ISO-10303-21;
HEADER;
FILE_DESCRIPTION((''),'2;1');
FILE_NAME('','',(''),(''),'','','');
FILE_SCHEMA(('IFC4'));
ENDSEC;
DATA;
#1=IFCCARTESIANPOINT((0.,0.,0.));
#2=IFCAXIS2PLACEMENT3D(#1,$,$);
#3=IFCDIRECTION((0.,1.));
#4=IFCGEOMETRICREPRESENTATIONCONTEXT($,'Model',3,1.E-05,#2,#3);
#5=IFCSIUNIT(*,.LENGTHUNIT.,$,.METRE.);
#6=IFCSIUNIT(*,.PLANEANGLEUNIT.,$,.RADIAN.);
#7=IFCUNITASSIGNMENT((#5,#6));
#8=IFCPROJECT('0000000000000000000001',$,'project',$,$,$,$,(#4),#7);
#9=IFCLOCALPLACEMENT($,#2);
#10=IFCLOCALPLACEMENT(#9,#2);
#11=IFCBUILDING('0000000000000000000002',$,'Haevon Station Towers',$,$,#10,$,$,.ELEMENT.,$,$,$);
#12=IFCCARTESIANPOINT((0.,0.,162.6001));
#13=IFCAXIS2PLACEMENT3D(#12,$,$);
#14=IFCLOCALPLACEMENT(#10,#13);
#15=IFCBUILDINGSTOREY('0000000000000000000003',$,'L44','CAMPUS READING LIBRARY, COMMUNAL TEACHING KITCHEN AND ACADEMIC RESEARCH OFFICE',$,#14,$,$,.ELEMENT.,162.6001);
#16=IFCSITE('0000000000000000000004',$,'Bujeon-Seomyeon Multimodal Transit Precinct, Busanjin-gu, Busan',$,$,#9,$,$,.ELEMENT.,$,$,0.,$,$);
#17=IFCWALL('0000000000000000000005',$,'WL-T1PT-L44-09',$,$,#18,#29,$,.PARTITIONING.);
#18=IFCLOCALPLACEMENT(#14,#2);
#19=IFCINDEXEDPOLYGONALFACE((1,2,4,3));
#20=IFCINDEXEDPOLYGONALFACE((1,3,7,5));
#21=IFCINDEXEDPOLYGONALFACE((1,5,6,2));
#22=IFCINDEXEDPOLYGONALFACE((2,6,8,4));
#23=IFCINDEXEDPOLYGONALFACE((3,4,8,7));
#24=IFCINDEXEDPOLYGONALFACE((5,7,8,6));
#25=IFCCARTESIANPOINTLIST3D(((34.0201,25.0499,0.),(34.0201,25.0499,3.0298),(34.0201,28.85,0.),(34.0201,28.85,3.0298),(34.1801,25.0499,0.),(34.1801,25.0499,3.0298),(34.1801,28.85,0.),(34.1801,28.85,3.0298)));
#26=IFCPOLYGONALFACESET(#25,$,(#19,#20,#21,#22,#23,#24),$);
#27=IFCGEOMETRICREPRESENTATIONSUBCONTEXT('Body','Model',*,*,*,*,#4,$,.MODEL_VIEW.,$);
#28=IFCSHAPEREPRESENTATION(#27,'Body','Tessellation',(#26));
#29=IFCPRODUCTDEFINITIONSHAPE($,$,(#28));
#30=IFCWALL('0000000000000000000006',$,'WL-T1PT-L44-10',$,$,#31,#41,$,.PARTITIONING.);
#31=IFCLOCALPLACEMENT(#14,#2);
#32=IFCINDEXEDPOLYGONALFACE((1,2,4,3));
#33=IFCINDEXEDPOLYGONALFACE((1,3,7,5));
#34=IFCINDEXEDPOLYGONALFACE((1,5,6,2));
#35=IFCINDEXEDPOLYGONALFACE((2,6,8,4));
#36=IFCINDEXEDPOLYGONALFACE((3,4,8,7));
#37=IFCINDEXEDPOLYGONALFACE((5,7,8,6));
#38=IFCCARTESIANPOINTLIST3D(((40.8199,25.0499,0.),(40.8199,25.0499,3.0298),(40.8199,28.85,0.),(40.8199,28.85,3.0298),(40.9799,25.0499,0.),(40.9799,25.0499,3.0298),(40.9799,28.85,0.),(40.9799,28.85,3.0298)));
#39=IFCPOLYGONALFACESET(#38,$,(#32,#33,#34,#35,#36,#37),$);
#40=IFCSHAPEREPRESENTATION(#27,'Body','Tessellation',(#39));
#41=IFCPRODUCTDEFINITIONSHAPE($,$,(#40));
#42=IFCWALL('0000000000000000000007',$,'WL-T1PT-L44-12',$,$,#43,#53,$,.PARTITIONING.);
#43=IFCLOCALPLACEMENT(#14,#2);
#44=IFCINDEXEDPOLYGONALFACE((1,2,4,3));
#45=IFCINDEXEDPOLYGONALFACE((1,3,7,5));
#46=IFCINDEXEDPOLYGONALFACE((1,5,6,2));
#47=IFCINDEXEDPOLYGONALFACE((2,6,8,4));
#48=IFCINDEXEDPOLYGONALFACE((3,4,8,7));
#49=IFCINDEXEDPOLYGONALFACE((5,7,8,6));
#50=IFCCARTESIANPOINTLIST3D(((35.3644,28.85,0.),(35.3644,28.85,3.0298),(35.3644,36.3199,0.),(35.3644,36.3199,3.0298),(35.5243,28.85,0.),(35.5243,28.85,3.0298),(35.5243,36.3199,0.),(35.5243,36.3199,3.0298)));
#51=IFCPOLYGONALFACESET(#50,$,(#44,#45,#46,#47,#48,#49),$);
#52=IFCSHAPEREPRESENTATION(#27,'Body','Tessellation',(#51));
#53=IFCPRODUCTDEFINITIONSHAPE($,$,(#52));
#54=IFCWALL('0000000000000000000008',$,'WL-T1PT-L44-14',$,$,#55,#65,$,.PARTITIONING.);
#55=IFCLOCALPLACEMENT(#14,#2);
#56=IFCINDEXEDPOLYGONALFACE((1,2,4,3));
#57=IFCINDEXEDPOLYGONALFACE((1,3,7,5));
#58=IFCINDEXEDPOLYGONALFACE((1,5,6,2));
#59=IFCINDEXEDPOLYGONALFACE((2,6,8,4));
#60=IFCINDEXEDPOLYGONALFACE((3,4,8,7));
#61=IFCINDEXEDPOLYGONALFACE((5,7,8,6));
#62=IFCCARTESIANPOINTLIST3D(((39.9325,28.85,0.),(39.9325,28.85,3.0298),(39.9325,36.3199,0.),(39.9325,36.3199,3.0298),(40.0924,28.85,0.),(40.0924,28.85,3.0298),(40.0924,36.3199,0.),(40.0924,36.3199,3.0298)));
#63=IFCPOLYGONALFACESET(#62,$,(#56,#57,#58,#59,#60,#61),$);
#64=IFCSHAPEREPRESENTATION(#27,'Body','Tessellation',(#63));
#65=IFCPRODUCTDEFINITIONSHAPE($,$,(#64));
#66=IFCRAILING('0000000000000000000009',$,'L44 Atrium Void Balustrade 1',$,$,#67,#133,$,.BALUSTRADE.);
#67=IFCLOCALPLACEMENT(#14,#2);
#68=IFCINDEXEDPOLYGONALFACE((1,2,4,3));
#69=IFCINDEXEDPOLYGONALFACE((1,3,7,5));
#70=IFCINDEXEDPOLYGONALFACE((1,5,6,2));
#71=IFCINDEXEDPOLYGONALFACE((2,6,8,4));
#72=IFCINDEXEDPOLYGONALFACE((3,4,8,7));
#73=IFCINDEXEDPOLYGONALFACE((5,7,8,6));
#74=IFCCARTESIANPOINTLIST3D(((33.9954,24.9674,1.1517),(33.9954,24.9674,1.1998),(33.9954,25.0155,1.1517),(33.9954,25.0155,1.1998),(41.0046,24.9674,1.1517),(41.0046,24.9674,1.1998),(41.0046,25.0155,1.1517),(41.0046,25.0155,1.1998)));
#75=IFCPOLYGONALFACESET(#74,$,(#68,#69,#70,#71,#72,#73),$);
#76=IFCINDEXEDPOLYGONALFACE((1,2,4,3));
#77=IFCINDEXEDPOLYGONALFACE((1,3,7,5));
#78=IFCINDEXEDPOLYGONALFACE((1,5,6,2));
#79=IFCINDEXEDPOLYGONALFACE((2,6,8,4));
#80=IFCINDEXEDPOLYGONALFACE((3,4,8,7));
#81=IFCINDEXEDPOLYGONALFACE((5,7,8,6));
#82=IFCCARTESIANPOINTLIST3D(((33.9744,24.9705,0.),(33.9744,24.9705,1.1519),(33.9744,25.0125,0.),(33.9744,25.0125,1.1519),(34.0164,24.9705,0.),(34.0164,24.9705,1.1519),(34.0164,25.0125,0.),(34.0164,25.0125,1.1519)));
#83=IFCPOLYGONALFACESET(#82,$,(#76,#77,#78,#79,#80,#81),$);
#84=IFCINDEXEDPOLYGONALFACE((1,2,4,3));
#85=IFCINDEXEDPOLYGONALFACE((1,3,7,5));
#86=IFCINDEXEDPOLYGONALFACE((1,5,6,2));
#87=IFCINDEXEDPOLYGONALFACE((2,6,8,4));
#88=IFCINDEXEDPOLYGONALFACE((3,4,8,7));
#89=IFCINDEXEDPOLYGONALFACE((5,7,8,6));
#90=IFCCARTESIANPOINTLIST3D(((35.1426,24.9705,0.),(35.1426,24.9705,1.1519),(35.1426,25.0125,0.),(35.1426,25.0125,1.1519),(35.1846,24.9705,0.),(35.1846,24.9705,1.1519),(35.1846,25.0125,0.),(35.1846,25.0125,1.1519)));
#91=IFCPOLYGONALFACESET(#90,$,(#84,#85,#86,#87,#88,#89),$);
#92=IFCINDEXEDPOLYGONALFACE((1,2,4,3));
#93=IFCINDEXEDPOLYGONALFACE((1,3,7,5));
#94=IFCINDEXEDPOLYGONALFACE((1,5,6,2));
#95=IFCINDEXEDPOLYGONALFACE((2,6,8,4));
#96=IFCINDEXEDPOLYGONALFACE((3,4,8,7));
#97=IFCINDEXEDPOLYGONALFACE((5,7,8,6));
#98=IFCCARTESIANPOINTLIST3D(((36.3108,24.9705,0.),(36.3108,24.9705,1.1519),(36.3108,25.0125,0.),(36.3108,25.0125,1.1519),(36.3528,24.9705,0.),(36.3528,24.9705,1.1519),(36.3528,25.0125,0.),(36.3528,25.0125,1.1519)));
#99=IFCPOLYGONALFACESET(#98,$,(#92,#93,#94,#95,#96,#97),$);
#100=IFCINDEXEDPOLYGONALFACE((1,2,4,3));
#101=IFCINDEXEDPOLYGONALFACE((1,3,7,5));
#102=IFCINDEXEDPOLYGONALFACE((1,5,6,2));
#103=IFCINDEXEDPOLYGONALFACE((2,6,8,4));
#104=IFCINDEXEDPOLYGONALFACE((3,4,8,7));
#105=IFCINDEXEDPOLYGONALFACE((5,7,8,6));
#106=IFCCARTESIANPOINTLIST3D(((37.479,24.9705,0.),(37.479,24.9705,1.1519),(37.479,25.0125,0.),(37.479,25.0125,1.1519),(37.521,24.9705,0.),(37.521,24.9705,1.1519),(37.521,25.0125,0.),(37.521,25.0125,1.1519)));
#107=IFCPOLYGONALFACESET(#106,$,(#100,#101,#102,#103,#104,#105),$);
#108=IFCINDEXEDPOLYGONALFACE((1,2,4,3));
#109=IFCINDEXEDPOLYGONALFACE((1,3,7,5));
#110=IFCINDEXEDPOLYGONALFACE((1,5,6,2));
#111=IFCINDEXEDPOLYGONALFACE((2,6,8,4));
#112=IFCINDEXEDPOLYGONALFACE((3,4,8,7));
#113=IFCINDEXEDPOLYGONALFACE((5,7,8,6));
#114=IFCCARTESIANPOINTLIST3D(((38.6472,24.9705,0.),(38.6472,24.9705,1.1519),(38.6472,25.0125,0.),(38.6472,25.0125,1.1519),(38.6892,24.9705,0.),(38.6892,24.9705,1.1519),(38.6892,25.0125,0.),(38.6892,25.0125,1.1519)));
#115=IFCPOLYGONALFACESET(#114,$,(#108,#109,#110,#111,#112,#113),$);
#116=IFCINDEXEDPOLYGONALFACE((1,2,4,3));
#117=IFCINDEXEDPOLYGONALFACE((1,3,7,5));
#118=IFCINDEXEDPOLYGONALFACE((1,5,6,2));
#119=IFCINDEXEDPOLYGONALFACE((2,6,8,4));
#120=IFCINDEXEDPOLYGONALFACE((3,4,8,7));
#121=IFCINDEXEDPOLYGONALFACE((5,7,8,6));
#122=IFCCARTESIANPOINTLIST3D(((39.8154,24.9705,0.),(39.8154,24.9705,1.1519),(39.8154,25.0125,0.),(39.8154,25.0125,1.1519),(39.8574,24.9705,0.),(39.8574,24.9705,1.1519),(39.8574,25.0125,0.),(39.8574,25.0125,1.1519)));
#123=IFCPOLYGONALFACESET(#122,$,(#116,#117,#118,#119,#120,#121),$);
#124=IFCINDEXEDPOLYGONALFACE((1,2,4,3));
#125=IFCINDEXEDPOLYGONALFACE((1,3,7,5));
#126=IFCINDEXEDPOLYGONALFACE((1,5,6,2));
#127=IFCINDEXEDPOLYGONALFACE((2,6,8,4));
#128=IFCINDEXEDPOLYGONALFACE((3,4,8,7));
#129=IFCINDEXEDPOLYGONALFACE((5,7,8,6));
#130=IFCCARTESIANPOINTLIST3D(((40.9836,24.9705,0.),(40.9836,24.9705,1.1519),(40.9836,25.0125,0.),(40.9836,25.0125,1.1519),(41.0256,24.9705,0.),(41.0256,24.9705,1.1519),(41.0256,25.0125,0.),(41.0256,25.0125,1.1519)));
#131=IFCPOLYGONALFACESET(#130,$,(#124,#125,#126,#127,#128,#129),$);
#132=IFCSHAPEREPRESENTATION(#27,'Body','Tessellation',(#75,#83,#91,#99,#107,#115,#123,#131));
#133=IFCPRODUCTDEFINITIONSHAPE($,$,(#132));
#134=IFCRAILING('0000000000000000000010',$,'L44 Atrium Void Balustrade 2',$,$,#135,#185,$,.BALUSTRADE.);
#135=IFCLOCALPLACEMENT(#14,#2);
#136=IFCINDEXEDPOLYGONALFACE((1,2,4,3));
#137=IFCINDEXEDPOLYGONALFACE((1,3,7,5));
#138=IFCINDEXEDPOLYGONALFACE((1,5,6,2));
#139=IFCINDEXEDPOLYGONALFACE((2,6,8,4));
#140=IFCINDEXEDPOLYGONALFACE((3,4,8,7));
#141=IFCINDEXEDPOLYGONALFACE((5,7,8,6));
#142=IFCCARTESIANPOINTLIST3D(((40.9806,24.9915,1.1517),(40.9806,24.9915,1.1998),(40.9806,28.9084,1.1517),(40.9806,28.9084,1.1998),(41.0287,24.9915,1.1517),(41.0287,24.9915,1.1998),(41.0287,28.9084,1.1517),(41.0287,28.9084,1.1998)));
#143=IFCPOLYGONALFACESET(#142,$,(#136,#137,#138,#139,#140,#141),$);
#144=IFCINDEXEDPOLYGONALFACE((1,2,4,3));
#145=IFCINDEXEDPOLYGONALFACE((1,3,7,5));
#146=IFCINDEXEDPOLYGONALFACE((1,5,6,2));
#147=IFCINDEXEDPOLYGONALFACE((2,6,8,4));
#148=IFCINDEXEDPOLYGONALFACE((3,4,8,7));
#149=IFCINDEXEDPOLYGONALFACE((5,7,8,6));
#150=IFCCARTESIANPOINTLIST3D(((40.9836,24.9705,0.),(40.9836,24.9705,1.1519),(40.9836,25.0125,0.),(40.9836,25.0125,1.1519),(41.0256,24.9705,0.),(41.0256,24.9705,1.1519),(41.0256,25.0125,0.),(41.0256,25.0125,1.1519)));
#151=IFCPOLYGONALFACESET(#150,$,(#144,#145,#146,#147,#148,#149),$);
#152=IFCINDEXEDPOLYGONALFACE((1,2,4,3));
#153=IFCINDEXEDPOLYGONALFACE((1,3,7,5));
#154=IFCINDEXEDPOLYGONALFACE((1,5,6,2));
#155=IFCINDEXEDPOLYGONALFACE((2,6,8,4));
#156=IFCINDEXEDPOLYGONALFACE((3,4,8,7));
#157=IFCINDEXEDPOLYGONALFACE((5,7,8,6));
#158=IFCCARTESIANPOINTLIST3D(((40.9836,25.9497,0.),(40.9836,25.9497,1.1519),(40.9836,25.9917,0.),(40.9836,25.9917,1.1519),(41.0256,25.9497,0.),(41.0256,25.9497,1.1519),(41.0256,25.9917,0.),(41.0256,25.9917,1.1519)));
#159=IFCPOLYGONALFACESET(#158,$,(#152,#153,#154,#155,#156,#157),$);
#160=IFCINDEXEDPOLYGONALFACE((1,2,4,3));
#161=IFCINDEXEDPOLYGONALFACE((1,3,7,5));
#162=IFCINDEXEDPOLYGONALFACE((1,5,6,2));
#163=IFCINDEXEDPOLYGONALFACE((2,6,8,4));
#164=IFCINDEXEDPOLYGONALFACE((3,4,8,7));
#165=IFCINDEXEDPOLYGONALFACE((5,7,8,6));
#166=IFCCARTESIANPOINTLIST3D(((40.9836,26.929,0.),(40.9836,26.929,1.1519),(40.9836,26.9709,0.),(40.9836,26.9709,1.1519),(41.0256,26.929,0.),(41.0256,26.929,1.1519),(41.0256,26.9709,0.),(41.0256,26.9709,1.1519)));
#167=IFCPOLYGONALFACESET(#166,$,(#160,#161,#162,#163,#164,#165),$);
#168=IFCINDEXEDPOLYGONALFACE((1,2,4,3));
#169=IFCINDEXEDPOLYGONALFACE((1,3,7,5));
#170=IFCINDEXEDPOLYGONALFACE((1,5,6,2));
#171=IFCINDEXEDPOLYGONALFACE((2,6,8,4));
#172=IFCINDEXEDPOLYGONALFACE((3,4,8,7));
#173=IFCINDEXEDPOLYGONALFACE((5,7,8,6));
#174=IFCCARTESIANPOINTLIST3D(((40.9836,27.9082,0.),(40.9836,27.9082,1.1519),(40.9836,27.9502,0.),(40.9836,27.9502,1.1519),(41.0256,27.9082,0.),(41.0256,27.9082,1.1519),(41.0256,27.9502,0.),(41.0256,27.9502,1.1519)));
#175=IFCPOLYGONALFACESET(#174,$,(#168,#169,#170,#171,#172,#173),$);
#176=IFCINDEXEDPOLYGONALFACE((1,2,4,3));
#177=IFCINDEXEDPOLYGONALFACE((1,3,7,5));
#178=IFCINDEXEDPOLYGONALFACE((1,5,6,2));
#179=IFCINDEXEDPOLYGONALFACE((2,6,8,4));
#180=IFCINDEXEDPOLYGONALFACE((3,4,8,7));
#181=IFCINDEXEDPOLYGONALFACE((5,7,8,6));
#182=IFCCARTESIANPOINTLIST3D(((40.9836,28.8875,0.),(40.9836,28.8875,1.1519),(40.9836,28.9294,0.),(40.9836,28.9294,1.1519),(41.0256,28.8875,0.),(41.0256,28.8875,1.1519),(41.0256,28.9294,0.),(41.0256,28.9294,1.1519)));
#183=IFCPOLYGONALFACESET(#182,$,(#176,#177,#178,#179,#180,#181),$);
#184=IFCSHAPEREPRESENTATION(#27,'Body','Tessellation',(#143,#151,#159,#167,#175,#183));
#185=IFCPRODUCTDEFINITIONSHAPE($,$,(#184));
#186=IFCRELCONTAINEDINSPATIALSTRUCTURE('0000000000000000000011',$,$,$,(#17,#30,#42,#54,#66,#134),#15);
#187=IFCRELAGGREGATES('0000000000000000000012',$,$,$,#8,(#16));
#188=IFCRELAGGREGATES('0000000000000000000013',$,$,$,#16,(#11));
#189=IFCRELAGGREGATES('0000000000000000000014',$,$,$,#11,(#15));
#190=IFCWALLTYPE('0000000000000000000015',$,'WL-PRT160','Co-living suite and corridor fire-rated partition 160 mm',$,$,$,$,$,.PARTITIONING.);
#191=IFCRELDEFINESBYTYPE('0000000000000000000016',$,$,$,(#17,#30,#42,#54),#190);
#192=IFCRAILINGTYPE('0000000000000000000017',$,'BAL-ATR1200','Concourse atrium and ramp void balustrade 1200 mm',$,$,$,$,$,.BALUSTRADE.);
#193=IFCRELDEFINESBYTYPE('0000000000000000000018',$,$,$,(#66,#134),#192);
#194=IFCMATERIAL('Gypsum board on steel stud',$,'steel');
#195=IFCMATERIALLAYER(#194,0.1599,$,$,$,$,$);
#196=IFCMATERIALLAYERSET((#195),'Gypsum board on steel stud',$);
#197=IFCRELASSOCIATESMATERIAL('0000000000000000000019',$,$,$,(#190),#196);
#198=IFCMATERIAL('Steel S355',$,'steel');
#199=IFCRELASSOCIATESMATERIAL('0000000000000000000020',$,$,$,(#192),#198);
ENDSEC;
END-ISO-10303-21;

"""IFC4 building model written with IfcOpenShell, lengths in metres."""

from ifc_helpers import new_model, si_unit, direction, frame, frame_2d, origin, origin_2d, place, context, subcontext, project, spatial, rectangle, extrude, material, layer, layer_set, type_object, element, save


model = new_model("IFC4")

# Units and contexts
model_context = context("Model", 3, precision=1e-05, world=origin(), true_north=direction((0.0, 1.0)))
body_context = subcontext(model_context, "Body", "Model", "MODEL_VIEW")
ifc_project = project(units=[si_unit("LENGTHUNIT", "METRE"), si_unit("PLANEANGLEUNIT", "RADIAN")], contexts=[model_context])

# Site, building, storey
site_placement = place(None, origin())
site = spatial("IfcSite", under=ifc_project, at=site_placement, Name="Bujeon-Seomyeon Multimodal Transit Precinct, Busanjin-gu, Busan", CompositionType="ELEMENT", RefElevation=0.0)
building_placement = place(site_placement, origin())
building = spatial("IfcBuilding", under=site, at=building_placement, Name="Haevon Station Towers", CompositionType="ELEMENT")
storey_placement = place(building_placement, frame((0.0, 0.0, 162.6001)))
storey = spatial("IfcBuildingStorey", under=building, at=storey_placement, Name="L44", Description="CAMPUS READING LIBRARY, COMMUNAL TEACHING KITCHEN AND ACADEMIC RESEARCH OFFICE", CompositionType="ELEMENT", Elevation=162.6001)

# Shared definitions
ifc_material_1 = material(Name="Steel S355", Category="steel")

# Shared definitions
ifc_material_2 = material(Name="Gypsum board on steel stud", Category="steel")

# Walls
ifc_layer_1 = layer(ifc_material_2, 0.1599)
ifc_layer_set_1 = layer_set([ifc_layer_1], Name="Gypsum board on steel stud")
wall_type_1 = type_object("IfcWallType", Name="WL-PRT160", Description="Co-living suite and corridor fire-rated partition 160 mm", PredefinedType="PARTITIONING", material=ifc_layer_set_1)
for number, where, z_axis, x_axis, name in (
    (1, (34.1001, 25.05, 0.0), (0.0, 0.0, 1.0), (0.0, 1.0, 0.0), "WL-T1PT-L44-09"),
    (2, (40.8999, 25.05, 0.0), (0.0, 0.0, 1.0), (0.0, 1.0, 0.0), "WL-T1PT-L44-10"),
):
    element("IfcWall", number, at=place(storey_placement, frame(where, z_axis=z_axis, x_axis=x_axis)), inside=storey, type_object=wall_type_1, Name=name, PredefinedType="PARTITIONING", context=body_context, shape_type="SweptSolid", body=[
        extrude(rectangle(XDim=3.8, YDim=0.1599, at=frame_2d((1.8999, 0.0))), origin(), (0.0, 0.0, 1.0), 3.0298),
    ])
for number, where, z_axis, x_axis, name in (
    (3, (35.4443, 28.8501, 0.0), (0.0, 0.0, 1.0), (0.0, 1.0, 0.0), "WL-T1PT-L44-12"),
    (4, (40.0125, 28.8501, 0.0), (0.0, 0.0, 1.0), (0.0, 1.0, 0.0), "WL-T1PT-L44-14"),
):
    element("IfcWall", number, at=place(storey_placement, frame(where, z_axis=z_axis, x_axis=x_axis)), inside=storey, type_object=wall_type_1, Name=name, PredefinedType="PARTITIONING", context=body_context, shape_type="SweptSolid", body=[
        extrude(rectangle(XDim=7.47, YDim=0.1599, at=frame_2d((3.7349, 0.0))), origin(), (0.0, 0.0, 1.0), 3.0298),
    ])

# Railings
railing_type = type_object("IfcRailingType", Name="BAL-ATR1200", Description="Concourse atrium and ramp void balustrade 1200 mm", PredefinedType="BALUSTRADE", material=ifc_material_1)
railing_1_placement = place(storey_placement, frame((33.9954, 24.9915, 0.0)))
element("IfcRailing", 5, at=railing_1_placement, inside=storey, type_object=railing_type, Name="L44 Atrium Void Balustrade 1", PredefinedType="BALUSTRADE", context=body_context, shape_type="SweptSolid", body=[
    extrude(rectangle(XDim=0.0481, YDim=0.0481, at=origin_2d()), frame((0.0, 0.0, 1.1758), z_axis=(1.0, 0.0, 0.0), x_axis=(0.0, 1.0, 0.0)), (0.0, 0.0, 1.0), 7.0093),
    extrude(rectangle(XDim=0.042, YDim=0.042, at=origin_2d()), origin(), (0.0, 0.0, 1.0), 1.1519),
    extrude(rectangle(XDim=0.042, YDim=0.042, at=origin_2d()), frame((1.1682, 0.0, 0.0)), (0.0, 0.0, 1.0), 1.1519),
    extrude(rectangle(XDim=0.042, YDim=0.042, at=origin_2d()), frame((2.3364, 0.0, 0.0)), (0.0, 0.0, 1.0), 1.1519),
    extrude(rectangle(XDim=0.042, YDim=0.042, at=origin_2d()), frame((3.5046, 0.0, 0.0)), (0.0, 0.0, 1.0), 1.1519),
    extrude(rectangle(XDim=0.042, YDim=0.042, at=origin_2d()), frame((4.6729, 0.0, 0.0)), (0.0, 0.0, 1.0), 1.1519),
    extrude(rectangle(XDim=0.042, YDim=0.042, at=origin_2d()), frame((5.8411, 0.0, 0.0)), (0.0, 0.0, 1.0), 1.1519),
    extrude(rectangle(XDim=0.042, YDim=0.042, at=origin_2d()), frame((7.0093, 0.0, 0.0)), (0.0, 0.0, 1.0), 1.1519),
])
railing_2_placement = place(storey_placement, frame((41.0046, 24.9915, 0.0)))
element("IfcRailing", 6, at=railing_2_placement, inside=storey, type_object=railing_type, Name="L44 Atrium Void Balustrade 2", PredefinedType="BALUSTRADE", context=body_context, shape_type="SweptSolid", body=[
    extrude(rectangle(XDim=0.0481, YDim=0.0481, at=origin_2d()), frame((0.0, 0.0, 1.1758), z_axis=(0.0, 1.0, 0.0), x_axis=(-1.0, 0.0, 0.0)), (0.0, 0.0, 1.0), 3.917),
    extrude(rectangle(XDim=0.042, YDim=0.042, at=origin_2d()), origin(), (0.0, 0.0, 1.0), 1.1519),
    extrude(rectangle(XDim=0.042, YDim=0.042, at=origin_2d()), frame((0.0, 0.9792, 0.0)), (0.0, 0.0, 1.0), 1.1519),
    extrude(rectangle(XDim=0.042, YDim=0.042, at=origin_2d()), frame((0.0, 1.9585, 0.0)), (0.0, 0.0, 1.0), 1.1519),
    extrude(rectangle(XDim=0.042, YDim=0.042, at=origin_2d()), frame((0.0, 2.9377, 0.0)), (0.0, 0.0, 1.0), 1.1519),
    extrude(rectangle(XDim=0.042, YDim=0.042, at=origin_2d()), frame((0.0, 3.917, 0.0)), (0.0, 0.0, 1.0), 1.1519),
])

save(model, "model.ifc")
